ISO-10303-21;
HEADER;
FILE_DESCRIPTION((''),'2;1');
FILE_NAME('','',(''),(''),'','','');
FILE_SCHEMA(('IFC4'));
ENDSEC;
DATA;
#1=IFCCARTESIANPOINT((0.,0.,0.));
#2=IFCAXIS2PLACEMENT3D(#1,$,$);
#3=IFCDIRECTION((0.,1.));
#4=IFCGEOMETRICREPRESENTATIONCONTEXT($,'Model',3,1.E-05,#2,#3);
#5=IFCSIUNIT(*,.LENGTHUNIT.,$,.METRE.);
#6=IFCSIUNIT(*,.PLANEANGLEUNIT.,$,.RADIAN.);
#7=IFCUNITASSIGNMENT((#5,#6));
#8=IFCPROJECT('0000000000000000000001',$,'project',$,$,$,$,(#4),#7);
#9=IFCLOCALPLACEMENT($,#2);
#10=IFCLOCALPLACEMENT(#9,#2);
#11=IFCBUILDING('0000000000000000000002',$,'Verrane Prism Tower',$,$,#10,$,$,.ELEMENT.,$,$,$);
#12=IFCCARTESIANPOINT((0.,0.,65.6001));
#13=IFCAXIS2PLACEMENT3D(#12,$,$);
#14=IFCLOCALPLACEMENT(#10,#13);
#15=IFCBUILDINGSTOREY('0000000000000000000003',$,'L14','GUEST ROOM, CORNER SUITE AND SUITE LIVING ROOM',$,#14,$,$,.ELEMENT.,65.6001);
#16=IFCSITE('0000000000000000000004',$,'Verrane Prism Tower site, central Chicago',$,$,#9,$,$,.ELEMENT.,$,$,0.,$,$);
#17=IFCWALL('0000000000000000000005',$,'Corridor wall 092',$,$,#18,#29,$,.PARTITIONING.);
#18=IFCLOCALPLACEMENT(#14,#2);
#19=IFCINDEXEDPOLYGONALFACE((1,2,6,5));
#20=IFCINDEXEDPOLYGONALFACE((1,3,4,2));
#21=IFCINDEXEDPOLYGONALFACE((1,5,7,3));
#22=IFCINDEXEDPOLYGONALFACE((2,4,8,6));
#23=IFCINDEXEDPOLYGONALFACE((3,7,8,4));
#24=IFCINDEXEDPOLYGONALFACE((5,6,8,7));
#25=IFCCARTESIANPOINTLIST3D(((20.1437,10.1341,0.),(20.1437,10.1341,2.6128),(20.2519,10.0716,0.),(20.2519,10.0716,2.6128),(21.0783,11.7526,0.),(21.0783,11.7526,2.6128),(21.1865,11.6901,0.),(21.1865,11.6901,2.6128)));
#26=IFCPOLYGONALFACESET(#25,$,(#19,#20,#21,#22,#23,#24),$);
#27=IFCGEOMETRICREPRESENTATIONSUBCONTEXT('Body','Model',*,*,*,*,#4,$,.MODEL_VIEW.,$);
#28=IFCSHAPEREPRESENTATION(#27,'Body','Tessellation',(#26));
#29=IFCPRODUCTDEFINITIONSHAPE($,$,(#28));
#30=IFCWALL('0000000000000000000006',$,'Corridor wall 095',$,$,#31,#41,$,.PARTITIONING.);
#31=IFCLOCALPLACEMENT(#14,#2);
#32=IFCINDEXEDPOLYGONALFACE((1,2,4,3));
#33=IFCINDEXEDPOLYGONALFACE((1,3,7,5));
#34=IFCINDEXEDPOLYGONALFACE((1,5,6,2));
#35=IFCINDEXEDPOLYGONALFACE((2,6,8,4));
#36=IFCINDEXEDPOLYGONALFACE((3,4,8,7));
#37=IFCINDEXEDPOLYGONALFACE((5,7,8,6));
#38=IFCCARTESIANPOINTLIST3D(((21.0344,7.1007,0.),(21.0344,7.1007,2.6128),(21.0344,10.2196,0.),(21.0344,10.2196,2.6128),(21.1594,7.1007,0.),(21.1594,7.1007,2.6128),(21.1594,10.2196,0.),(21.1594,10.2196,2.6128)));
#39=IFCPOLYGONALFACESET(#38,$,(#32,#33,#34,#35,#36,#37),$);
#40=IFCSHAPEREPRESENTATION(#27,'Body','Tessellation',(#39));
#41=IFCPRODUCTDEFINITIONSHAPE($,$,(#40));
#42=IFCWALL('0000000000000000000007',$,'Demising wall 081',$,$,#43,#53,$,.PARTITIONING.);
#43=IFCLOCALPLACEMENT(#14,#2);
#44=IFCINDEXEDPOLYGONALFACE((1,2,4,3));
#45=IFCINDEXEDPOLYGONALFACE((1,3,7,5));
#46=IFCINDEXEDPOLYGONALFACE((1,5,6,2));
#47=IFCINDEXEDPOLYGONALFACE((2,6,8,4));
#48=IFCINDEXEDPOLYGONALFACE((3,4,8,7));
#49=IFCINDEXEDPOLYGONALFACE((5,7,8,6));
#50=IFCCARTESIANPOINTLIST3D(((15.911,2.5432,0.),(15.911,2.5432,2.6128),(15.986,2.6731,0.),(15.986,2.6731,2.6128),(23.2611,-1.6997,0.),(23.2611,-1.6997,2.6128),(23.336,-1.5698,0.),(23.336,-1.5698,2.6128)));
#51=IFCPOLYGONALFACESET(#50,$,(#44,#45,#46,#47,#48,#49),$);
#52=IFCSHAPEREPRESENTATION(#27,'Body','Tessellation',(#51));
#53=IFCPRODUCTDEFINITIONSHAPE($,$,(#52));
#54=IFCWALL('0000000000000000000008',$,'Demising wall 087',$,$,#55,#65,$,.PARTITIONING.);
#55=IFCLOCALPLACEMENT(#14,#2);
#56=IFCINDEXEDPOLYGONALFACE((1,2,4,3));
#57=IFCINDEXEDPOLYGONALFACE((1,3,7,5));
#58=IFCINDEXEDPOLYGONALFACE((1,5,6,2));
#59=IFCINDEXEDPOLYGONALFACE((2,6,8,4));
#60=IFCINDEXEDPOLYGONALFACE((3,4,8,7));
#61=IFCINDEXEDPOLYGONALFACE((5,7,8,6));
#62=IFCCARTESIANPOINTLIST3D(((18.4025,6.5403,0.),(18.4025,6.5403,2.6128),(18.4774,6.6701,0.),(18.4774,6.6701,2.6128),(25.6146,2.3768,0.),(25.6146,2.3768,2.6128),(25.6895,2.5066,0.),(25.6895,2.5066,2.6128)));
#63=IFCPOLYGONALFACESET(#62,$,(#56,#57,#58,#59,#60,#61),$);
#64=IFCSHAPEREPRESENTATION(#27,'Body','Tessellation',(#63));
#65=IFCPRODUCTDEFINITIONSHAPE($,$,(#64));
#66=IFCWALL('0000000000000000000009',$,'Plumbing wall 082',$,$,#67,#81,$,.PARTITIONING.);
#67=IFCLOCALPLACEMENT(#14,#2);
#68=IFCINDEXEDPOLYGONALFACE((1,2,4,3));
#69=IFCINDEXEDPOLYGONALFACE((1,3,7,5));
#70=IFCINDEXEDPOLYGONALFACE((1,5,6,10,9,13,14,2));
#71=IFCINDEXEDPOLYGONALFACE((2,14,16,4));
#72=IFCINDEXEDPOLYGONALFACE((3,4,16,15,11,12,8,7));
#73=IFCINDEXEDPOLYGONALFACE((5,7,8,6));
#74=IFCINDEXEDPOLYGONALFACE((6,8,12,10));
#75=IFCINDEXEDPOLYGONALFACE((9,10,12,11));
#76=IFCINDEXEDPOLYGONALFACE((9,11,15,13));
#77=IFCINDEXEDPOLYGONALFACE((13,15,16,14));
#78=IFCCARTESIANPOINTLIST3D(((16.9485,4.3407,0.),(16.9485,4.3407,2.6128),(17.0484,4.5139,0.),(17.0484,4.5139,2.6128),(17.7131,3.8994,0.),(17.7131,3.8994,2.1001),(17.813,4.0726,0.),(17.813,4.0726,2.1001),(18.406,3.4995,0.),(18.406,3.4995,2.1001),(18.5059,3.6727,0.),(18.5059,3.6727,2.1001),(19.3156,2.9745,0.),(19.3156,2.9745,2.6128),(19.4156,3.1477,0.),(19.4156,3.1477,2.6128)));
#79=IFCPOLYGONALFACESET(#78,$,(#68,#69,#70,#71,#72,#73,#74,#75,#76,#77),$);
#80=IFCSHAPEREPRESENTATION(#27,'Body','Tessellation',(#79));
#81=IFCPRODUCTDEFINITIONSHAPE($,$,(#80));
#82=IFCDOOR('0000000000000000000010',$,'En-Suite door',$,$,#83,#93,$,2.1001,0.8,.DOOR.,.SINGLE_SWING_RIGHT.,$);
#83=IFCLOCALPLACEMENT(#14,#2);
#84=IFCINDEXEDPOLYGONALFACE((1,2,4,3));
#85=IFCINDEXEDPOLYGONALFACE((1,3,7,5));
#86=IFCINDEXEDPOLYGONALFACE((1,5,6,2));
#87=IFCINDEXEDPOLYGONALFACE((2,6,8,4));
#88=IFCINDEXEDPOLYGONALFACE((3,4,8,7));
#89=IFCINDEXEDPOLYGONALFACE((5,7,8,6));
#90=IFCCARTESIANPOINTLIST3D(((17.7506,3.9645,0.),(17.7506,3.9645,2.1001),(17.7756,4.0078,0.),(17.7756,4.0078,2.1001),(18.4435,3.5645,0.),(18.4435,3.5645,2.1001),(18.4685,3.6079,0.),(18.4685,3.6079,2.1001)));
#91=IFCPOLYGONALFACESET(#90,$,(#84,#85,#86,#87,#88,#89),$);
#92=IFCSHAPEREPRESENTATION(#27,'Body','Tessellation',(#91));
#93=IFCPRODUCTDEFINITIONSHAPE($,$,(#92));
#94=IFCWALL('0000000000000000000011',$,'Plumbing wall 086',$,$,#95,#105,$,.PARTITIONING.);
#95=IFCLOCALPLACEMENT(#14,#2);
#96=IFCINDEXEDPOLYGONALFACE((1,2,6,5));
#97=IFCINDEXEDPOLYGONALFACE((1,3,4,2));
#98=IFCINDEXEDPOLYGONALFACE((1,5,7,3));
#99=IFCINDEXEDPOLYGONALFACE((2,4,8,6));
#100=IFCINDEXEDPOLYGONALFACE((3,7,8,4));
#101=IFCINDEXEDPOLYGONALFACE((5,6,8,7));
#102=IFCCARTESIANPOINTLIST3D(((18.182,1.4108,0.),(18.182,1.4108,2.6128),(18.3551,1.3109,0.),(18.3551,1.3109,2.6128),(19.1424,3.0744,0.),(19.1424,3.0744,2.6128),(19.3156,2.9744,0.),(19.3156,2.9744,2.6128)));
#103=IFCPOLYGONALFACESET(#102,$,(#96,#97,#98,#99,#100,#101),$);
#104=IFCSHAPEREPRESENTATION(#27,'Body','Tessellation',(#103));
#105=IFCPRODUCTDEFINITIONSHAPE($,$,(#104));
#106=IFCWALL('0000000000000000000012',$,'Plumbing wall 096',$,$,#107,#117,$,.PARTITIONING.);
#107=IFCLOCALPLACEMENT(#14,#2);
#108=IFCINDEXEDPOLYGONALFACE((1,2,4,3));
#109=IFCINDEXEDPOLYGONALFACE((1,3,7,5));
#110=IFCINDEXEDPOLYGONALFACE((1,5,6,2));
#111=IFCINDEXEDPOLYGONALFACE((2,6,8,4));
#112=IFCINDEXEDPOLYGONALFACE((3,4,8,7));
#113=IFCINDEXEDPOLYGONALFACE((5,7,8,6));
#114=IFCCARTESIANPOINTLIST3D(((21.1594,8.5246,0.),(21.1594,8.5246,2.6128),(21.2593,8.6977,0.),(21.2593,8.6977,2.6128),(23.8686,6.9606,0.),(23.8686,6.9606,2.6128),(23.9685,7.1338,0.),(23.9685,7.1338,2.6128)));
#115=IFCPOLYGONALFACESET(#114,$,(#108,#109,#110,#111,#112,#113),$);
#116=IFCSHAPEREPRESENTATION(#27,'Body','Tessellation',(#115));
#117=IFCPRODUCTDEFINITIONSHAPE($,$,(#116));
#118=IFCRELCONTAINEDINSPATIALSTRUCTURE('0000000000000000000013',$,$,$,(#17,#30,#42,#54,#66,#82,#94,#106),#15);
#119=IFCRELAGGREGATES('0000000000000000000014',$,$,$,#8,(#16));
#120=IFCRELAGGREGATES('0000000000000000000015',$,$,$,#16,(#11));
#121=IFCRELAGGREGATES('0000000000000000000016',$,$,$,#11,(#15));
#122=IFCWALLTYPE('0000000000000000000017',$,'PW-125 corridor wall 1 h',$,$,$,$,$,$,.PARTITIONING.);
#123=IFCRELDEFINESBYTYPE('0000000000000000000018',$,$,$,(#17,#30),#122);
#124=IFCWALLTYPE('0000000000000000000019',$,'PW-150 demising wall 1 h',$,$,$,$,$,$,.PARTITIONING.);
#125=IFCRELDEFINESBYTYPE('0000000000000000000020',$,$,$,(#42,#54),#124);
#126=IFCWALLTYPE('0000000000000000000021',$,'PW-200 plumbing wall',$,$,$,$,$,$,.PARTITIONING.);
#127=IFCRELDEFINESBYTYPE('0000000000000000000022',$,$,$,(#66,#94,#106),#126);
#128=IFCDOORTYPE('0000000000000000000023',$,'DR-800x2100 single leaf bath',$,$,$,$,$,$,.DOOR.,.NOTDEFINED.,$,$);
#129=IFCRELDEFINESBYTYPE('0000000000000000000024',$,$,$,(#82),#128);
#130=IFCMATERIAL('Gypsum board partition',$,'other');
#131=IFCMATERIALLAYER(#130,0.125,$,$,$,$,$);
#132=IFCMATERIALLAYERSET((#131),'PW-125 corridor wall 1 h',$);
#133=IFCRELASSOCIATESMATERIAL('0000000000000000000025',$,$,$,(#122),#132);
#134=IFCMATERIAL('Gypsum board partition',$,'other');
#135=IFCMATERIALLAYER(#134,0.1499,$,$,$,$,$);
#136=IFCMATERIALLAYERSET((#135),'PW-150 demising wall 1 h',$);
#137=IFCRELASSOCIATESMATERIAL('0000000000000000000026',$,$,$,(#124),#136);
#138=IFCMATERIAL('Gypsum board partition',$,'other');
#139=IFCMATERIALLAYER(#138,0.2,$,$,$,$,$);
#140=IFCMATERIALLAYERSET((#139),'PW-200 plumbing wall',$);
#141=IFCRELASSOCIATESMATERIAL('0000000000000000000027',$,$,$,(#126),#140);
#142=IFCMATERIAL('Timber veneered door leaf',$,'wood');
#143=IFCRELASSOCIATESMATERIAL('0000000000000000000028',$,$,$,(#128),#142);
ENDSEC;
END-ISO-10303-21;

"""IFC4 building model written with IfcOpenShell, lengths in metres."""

from ifc_helpers import new_model, si_unit, direction, frame, frame_2d, origin, place, context, subcontext, project, spatial, rectangle, extrude, material, layer, layer_set, type_object, element, fill, save


model = new_model("IFC4")

# Units and contexts
model_context = context("Model", 3, precision=1e-05, world=origin(), true_north=direction((0.0, 1.0)))
body_context = subcontext(model_context, "Body", "Model", "MODEL_VIEW")
ifc_project = project(units=[si_unit("LENGTHUNIT", "METRE"), si_unit("PLANEANGLEUNIT", "RADIAN")], contexts=[model_context])

# Site, building, storey
site_placement = place(None, origin())
site = spatial("IfcSite", under=ifc_project, at=site_placement, Name="Verrane Prism Tower site, central Chicago", CompositionType="ELEMENT", RefElevation=0.0)
building_placement = place(site_placement, origin())
building = spatial("IfcBuilding", under=site, at=building_placement, Name="Verrane Prism Tower", CompositionType="ELEMENT")
storey_placement = place(building_placement, frame((0.0, 0.0, 65.6001)))
storey = spatial("IfcBuildingStorey", under=building, at=storey_placement, Name="L14", Description="GUEST ROOM, CORNER SUITE AND SUITE LIVING ROOM", CompositionType="ELEMENT", Elevation=65.6001)

# Shared definitions
ifc_material_1 = material(Name="Gypsum board partition", Category="other")
ifc_layer_1 = layer(ifc_material_1, 0.125)
ifc_layer_set_1 = layer_set([ifc_layer_1], Name="PW-125 corridor wall 1 h")
wall_type_1 = type_object("IfcWallType", Name="PW-125 corridor wall 1 h", PredefinedType="PARTITIONING", material=ifc_layer_set_1)

# Walls
wall_1_placement = place(storey_placement, frame((20.1978, 10.1028, 0.0), z_axis=(0.0, 0.0, 1.0), x_axis=(0.500073, 0.865983, 0.0)))
element("IfcWall", 1, at=wall_1_placement, inside=storey, type_object=wall_type_1, Name="Corridor wall 092", PredefinedType="PARTITIONING", context=body_context, shape_type="SweptSolid", body=[
    extrude(rectangle(XDim=1.8689, YDim=0.125, at=frame_2d((0.9346, 0.0))), origin(), (0.0, 0.0, 1.0), 2.6128),
])
wall_2_placement = place(storey_placement, frame((21.0969, 7.1006, 0.0), z_axis=(0.0, 0.0, 1.0), x_axis=(0.0, 1.0, 0.0)))
element("IfcWall", 2, at=wall_2_placement, inside=storey, type_object=wall_type_1, Name="Corridor wall 095", PredefinedType="PARTITIONING", context=body_context, shape_type="SweptSolid", body=[
    extrude(rectangle(XDim=3.1189, YDim=0.125, at=frame_2d((1.5596, 0.0))), origin(), (0.0, 0.0, 1.0), 2.6128),
])
ifc_material_2 = material(Name="Gypsum board partition", Category="other")
ifc_layer_2 = layer(ifc_material_2, 0.1499)
ifc_layer_set_2 = layer_set([ifc_layer_2], Name="PW-150 demising wall 1 h")
wall_type_2 = type_object("IfcWallType", Name="PW-150 demising wall 1 h", PredefinedType="PARTITIONING", material=ifc_layer_set_2)
wall_3_placement = place(storey_placement, frame((15.9485, 2.6082, 0.0), z_axis=(0.0, 0.0, 1.0), x_axis=(0.866059, -0.499942, 0.0)))
element("IfcWall", 3, at=wall_3_placement, inside=storey, type_object=wall_type_2, Name="Demising wall 081", PredefinedType="PARTITIONING", context=body_context, shape_type="SweptSolid", body=[
    extrude(rectangle(XDim=8.4868, YDim=0.1499, at=frame_2d((4.2434, 0.0))), origin(), (0.0, 0.0, 1.0), 2.6128),
])
wall_4_placement = place(storey_placement, frame((18.4399, 6.6052, 0.0), z_axis=(0.0, 0.0, 1.0), x_axis=(0.866044, -0.499967, 0.0)))
element("IfcWall", 4, at=wall_4_placement, inside=storey, type_object=wall_type_2, Name="Demising wall 087", PredefinedType="PARTITIONING", context=body_context, shape_type="SweptSolid", body=[
    extrude(rectangle(XDim=8.3276, YDim=0.1499, at=frame_2d((4.1638, 0.0))), origin(), (0.0, 0.0, 1.0), 2.6128),
])

# Wall, opening, door
ifc_material_3 = material(Name="Gypsum board partition", Category="other")
ifc_layer_3 = layer(ifc_material_3, 0.2)
ifc_layer_set_3 = layer_set([ifc_layer_3], Name="PW-200 plumbing wall")
wall_type_3 = type_object("IfcWallType", Name="PW-200 plumbing wall", PredefinedType="PARTITIONING", material=ifc_layer_set_3)
wall_5_placement = place(storey_placement, frame((19.3657, 3.061, 0.0), z_axis=(0.0, 0.0, 1.0), x_axis=(-0.866102, 0.499867, 0.0)))
wall_5 = element("IfcWall", 5, at=wall_5_placement, inside=storey, type_object=wall_type_3, Name="Plumbing wall 082", PredefinedType="PARTITIONING", context=body_context, shape_type="SweptSolid", body=[
    extrude(rectangle(XDim=2.7332, YDim=0.2, at=frame_2d((1.3667, 0.0))), origin(), (0.0, 0.0, 1.0), 2.6128),
])
opening_1_placement = place(wall_5_placement, frame((1.0505, 0.0, 0.0)))
opening_1 = element("IfcOpeningElement", 6, at=opening_1_placement, cuts=wall_5, PredefinedType="OPENING", context=body_context, shape_type="SweptSolid", body=[
    extrude(rectangle(XDim=0.8, YDim=2.1001, at=frame_2d((0.3999, 1.05))), frame((0.0, 0.1099, 0.0), z_axis=(0.0, -1.0, 0.0), x_axis=(1.0, 0.0, 0.0)), (0.0, 0.0, 1.0), 0.22),
])
ifc_material_4 = material(Name="Timber veneered door leaf", Category="wood")
door_type_1 = type_object("IfcDoorType", Name="DR-800x2100 single leaf bath", OperationType="NOTDEFINED", PredefinedType="DOOR", material=ifc_material_4)
door_1_placement = place(opening_1_placement, origin())
door_1 = element("IfcDoor", 7, at=door_1_placement, inside=storey, type_object=door_type_1, Name="En-Suite door", OperationType="SINGLE_SWING_RIGHT", OverallHeight=2.1001, OverallWidth=0.8, PredefinedType="DOOR", context=body_context, shape_type="SweptSolid", body=[
    extrude(rectangle(XDim=0.8, YDim=2.1001, at=frame_2d((0.3999, 1.05))), frame((0.0, 0.0249, 0.0), z_axis=(0.0, -1.0, 0.0), x_axis=(1.0, 0.0, 0.0)), (0.0, 0.0, 1.0), 0.05),
])
fill(opening_1, door_1)

# Walls
wall_6_placement = place(storey_placement, frame((18.2686, 1.3608, 0.0), z_axis=(0.0, 0.0, 1.0), x_axis=(0.499994, 0.866029, 0.0)))
element("IfcWall", 8, at=wall_6_placement, inside=storey, type_object=wall_type_3, Name="Plumbing wall 086", PredefinedType="PARTITIONING", context=body_context, shape_type="SweptSolid", body=[
    extrude(rectangle(XDim=1.9209, YDim=0.2, at=frame_2d((0.9604, 0.0))), origin(), (0.0, 0.0, 1.0), 2.6128),
])
wall_7_placement = place(storey_placement, frame((21.2095, 8.6111, 0.0), z_axis=(0.0, 0.0, 1.0), x_axis=(0.866054, -0.49995, 0.0)))
element("IfcWall", 9, at=wall_7_placement, inside=storey, type_object=wall_type_3, Name="Plumbing wall 096", PredefinedType="PARTITIONING", context=body_context, shape_type="SweptSolid", body=[
    extrude(rectangle(XDim=3.1282, YDim=0.2, at=frame_2d((1.564, 0.0))), origin(), (0.0, 0.0, 1.0), 2.6128),
])

save(model, "model.ifc")
